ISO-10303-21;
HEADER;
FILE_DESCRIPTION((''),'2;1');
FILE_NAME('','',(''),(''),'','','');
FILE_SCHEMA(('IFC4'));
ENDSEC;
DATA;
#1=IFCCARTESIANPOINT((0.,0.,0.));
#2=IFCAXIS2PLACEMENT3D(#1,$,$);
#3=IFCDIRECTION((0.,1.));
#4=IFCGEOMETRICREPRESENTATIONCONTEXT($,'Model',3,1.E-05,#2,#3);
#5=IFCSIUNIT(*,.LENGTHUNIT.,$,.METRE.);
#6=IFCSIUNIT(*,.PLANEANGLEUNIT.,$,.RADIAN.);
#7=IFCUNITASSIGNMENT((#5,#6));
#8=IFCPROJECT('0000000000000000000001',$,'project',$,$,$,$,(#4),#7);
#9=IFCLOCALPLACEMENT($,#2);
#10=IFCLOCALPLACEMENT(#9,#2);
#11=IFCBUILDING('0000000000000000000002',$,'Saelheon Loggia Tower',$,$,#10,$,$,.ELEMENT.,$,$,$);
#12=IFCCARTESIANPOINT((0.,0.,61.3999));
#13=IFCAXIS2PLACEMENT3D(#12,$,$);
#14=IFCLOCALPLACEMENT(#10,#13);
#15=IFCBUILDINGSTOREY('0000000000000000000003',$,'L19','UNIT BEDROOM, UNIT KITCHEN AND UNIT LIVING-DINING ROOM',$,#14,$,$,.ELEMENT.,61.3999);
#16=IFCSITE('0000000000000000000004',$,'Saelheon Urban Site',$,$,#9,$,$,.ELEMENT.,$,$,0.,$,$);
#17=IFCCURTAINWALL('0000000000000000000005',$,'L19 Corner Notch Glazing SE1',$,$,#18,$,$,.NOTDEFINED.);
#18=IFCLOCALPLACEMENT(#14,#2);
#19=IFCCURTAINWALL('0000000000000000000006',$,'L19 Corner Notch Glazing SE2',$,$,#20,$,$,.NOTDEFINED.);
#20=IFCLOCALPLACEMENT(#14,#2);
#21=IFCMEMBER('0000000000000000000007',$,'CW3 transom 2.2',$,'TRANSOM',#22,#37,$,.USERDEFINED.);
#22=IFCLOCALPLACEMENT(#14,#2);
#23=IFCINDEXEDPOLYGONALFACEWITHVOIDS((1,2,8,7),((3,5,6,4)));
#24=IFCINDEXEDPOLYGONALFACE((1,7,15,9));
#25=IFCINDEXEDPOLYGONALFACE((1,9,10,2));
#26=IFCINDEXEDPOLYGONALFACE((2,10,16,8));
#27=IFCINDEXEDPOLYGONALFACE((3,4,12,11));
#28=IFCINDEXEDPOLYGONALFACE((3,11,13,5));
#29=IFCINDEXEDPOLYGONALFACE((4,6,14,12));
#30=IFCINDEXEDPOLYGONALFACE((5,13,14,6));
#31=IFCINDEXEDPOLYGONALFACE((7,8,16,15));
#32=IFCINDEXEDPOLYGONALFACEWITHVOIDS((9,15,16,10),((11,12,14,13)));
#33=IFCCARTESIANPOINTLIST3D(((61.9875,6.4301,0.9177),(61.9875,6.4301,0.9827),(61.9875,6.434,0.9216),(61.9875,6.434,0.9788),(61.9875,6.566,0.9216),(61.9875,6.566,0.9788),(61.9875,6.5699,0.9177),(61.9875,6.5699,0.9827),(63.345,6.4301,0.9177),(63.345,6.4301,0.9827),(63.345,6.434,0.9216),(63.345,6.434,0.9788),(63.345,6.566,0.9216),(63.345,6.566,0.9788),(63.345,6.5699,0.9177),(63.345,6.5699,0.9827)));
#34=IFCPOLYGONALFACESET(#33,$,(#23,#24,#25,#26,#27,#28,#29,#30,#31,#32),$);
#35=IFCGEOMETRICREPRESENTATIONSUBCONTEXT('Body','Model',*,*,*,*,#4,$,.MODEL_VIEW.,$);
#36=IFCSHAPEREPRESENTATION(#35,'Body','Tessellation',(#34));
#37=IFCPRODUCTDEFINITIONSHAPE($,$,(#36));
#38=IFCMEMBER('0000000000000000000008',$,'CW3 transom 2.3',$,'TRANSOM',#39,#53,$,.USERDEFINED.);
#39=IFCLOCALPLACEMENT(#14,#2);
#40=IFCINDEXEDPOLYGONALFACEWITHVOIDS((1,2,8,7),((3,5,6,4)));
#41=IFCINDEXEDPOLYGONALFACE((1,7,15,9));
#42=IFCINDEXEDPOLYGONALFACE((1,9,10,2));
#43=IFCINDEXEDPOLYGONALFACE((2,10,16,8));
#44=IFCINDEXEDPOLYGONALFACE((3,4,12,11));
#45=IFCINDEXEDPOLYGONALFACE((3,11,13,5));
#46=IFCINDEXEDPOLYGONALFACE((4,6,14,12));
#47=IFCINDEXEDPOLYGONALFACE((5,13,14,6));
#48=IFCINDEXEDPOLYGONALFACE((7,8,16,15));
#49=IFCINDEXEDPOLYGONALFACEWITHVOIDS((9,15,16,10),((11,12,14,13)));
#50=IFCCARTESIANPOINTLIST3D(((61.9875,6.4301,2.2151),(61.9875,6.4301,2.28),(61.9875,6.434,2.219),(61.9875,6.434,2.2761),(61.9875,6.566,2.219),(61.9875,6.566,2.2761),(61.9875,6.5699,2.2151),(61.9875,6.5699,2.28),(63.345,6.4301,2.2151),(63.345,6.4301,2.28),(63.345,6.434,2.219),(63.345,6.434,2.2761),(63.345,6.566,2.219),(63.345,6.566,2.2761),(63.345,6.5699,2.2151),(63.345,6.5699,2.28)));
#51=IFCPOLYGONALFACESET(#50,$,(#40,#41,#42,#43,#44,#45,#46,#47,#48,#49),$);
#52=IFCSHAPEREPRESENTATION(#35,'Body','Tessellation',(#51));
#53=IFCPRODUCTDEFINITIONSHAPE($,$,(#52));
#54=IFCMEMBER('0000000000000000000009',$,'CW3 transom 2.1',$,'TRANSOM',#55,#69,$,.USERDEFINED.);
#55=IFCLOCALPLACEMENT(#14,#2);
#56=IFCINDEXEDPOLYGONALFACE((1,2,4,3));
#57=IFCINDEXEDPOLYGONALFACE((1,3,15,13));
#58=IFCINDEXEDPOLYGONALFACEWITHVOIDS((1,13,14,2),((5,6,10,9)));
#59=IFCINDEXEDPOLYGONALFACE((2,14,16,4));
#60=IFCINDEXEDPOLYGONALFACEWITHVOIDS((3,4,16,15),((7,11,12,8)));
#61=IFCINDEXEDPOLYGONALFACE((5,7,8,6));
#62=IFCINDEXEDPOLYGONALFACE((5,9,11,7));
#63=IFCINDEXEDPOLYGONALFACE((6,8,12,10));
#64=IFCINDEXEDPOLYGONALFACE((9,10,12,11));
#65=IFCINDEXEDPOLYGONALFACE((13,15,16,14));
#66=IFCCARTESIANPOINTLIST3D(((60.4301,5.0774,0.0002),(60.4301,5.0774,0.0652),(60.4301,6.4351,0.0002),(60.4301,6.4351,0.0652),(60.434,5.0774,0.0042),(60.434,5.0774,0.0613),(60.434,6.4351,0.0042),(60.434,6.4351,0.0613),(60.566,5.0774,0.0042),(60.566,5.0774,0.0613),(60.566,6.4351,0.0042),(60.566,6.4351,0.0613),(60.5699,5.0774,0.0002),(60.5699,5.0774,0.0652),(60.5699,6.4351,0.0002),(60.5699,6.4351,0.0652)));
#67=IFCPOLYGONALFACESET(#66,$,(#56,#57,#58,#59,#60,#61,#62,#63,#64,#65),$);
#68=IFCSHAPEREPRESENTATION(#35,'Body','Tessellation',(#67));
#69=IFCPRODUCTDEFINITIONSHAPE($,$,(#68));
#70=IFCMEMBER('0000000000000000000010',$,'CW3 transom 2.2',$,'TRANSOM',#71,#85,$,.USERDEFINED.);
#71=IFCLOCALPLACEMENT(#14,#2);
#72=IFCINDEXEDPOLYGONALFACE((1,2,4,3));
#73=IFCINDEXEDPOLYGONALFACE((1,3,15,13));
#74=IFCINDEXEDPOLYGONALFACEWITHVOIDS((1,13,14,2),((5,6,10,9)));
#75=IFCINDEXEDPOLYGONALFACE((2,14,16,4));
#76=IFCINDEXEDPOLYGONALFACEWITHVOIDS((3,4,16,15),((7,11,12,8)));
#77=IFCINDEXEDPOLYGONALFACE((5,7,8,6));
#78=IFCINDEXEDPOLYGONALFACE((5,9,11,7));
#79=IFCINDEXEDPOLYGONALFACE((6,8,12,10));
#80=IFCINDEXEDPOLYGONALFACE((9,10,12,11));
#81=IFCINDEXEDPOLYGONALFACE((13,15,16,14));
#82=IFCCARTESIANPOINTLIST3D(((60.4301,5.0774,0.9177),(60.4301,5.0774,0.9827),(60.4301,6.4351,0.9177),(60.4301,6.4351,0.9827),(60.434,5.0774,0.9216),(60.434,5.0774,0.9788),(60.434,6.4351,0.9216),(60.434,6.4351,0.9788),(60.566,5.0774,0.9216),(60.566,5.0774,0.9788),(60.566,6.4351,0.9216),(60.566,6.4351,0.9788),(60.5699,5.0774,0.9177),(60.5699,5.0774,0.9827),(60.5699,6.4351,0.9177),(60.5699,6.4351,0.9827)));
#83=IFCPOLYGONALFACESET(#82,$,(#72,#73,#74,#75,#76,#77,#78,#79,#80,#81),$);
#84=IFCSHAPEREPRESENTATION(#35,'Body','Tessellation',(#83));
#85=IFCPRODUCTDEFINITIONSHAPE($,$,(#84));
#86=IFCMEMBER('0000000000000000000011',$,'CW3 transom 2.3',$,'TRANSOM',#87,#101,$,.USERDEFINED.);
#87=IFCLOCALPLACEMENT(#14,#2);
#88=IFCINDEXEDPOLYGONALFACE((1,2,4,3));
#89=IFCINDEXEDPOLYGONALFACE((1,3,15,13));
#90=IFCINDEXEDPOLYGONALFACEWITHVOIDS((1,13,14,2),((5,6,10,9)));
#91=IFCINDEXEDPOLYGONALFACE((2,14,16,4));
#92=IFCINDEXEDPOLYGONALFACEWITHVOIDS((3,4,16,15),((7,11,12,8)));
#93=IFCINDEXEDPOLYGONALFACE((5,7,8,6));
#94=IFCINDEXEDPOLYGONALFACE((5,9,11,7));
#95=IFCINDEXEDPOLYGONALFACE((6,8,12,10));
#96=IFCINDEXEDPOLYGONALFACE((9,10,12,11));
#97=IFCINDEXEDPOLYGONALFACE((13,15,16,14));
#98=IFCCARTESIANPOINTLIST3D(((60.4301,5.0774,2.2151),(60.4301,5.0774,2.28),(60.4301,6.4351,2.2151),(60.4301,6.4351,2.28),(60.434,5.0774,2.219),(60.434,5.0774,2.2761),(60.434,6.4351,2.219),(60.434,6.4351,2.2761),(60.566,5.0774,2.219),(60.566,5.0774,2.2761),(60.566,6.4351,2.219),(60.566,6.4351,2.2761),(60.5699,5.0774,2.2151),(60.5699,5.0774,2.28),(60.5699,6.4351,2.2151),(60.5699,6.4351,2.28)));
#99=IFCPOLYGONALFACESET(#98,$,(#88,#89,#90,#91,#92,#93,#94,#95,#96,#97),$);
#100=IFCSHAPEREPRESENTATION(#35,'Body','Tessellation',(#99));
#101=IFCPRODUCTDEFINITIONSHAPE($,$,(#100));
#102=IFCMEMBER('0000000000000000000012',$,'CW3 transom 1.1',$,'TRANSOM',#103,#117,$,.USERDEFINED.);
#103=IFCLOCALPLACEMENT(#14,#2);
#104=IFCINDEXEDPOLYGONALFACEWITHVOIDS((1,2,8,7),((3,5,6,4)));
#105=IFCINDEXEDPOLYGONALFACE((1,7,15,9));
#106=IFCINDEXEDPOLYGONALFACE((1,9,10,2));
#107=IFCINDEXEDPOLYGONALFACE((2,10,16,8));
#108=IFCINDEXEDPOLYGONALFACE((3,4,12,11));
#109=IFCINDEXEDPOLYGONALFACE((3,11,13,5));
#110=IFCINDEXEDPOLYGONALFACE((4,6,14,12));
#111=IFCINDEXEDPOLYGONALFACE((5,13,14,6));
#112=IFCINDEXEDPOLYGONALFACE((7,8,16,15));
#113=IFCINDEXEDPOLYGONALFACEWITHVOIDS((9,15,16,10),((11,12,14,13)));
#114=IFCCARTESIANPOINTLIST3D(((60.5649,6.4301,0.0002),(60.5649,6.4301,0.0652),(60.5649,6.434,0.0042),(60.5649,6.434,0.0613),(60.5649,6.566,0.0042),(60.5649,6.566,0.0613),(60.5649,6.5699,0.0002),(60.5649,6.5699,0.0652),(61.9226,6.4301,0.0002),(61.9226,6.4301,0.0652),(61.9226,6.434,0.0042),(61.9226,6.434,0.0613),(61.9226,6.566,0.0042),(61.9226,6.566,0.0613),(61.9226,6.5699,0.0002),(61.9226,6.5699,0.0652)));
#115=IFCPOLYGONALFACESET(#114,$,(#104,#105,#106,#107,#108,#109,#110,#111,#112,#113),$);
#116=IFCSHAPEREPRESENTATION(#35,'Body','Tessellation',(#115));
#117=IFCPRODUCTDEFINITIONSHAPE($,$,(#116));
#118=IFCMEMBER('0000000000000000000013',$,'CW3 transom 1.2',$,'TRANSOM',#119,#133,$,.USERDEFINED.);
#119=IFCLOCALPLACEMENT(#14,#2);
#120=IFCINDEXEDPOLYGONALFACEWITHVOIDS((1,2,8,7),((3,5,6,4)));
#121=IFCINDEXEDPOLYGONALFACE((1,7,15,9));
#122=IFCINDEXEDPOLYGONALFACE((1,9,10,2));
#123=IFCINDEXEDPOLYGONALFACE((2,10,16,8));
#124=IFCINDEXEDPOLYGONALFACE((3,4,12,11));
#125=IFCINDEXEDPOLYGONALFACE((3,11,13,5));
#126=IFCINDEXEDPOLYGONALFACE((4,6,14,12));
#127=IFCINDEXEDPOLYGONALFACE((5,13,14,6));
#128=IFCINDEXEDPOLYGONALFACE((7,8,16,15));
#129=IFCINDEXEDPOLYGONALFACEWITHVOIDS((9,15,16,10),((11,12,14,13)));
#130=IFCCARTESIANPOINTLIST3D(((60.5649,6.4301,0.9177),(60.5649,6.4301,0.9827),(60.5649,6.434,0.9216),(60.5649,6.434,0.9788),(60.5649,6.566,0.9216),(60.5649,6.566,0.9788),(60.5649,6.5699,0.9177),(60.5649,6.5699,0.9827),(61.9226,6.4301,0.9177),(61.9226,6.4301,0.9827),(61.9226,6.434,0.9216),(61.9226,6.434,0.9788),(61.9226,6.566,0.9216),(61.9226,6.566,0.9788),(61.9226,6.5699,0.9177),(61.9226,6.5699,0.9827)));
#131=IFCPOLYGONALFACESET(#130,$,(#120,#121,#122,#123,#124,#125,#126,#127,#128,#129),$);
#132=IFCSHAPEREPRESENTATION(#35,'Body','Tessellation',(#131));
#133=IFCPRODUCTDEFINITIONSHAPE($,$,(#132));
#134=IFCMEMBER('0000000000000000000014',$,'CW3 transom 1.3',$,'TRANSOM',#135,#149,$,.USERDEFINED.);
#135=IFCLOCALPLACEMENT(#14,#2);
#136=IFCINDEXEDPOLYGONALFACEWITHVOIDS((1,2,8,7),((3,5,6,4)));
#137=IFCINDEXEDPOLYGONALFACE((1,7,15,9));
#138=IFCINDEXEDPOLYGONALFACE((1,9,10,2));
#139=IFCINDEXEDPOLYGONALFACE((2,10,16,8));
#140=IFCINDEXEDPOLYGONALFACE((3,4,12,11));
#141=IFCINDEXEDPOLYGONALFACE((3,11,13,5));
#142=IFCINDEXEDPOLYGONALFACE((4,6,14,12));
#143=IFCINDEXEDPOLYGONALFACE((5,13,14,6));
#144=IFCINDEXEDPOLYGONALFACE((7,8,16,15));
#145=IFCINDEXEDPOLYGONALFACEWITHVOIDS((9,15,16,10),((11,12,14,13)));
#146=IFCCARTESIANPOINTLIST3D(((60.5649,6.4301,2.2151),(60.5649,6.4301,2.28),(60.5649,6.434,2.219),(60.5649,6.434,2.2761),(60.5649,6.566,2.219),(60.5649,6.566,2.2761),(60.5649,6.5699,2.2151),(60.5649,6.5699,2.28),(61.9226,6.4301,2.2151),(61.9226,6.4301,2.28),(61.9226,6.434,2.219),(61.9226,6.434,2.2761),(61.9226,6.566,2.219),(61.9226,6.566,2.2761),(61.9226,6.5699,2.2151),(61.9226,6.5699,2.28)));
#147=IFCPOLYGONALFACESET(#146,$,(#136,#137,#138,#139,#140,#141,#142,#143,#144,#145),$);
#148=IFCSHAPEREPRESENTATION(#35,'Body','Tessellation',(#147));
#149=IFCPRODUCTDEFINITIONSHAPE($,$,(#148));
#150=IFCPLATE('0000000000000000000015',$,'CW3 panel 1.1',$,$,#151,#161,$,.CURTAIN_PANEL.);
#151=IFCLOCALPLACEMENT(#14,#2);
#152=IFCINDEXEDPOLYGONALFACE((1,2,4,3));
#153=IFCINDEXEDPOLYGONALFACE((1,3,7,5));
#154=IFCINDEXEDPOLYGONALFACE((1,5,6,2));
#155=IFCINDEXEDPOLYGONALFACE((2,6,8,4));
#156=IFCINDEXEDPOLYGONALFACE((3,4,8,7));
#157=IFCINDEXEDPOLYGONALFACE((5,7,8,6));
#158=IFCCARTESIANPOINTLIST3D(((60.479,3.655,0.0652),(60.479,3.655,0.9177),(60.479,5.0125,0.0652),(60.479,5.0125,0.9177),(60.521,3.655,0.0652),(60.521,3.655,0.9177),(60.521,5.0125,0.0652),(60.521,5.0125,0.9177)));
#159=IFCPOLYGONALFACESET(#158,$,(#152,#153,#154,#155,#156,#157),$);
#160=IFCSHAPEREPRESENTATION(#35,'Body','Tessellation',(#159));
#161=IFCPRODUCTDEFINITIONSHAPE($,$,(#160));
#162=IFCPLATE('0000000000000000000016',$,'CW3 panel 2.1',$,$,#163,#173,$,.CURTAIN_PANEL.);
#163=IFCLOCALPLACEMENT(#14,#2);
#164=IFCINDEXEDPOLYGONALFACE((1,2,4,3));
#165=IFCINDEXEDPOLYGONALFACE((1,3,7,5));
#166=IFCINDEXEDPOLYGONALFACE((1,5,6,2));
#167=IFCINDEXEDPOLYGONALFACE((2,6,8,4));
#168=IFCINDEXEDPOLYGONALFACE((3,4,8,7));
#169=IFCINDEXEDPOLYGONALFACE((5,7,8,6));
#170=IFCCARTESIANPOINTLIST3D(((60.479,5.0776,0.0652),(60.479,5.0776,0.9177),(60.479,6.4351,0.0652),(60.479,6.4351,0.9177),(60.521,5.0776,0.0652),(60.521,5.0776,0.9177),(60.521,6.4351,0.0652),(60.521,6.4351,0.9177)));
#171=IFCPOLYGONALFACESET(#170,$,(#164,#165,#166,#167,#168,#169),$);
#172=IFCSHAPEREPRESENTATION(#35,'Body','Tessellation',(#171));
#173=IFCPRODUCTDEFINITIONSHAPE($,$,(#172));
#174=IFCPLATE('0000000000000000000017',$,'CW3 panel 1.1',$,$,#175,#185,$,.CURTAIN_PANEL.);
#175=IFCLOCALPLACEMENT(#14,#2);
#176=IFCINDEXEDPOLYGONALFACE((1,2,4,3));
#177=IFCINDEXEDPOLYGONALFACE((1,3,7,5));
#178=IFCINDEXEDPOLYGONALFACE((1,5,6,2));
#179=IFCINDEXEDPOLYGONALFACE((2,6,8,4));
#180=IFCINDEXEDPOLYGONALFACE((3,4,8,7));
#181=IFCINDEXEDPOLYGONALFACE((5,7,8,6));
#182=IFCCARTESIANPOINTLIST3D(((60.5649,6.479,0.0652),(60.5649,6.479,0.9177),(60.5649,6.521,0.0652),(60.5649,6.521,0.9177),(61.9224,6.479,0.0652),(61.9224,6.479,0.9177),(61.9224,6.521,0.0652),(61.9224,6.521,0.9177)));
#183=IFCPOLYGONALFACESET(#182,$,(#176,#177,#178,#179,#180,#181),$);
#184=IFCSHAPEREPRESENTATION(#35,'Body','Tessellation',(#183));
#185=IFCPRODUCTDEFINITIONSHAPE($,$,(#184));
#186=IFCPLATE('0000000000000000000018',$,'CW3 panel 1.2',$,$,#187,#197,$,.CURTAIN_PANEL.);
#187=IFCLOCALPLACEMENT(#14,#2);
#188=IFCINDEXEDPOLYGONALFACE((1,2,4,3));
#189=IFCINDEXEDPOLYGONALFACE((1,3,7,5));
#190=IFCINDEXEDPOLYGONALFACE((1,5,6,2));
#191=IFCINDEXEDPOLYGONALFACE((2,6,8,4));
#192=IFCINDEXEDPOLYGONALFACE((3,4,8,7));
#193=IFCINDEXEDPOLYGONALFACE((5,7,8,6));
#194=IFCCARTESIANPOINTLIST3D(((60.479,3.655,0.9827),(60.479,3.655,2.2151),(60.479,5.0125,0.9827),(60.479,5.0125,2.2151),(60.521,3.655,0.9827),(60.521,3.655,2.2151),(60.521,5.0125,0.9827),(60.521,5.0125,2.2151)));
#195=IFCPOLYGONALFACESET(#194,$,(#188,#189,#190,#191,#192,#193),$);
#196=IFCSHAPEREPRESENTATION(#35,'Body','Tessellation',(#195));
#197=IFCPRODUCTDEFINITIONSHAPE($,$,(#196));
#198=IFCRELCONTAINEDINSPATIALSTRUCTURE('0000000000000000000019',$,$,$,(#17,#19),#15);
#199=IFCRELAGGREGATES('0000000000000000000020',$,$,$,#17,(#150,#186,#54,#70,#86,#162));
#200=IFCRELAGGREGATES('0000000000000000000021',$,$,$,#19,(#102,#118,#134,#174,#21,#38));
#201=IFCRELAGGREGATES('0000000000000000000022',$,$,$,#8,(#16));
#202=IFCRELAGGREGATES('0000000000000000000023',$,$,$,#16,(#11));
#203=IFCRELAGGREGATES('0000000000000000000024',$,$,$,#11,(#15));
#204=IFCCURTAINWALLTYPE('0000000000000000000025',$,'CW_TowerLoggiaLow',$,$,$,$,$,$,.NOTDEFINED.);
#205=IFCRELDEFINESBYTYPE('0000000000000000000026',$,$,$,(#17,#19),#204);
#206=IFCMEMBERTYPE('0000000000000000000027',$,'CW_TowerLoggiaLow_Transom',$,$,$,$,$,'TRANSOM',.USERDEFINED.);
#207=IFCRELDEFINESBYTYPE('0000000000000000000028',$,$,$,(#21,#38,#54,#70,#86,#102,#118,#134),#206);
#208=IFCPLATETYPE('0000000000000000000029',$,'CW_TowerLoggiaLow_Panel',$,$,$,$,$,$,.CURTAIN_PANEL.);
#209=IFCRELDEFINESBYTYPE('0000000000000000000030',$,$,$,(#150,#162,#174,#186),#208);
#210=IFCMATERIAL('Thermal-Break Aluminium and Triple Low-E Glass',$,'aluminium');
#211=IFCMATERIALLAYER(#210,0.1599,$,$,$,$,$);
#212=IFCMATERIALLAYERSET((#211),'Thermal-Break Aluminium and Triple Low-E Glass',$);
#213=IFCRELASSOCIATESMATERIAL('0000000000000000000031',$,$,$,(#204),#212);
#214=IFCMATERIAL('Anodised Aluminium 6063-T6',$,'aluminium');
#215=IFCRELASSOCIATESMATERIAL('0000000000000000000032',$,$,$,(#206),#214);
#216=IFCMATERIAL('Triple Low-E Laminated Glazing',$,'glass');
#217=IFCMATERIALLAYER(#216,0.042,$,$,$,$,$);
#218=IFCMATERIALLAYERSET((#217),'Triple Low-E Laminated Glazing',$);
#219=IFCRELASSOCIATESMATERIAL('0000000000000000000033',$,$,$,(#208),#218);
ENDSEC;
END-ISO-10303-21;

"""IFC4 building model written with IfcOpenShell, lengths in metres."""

from ifc_helpers import new_model, si_unit, direction, frame, origin, origin_2d, place, context, subcontext, project, spatial, rectangle, hollow_rectangle, extrude, source, transform, mapped, material, layer, layer_set, material_profile, profile_set, type_object, element, aggregate, save


model = new_model("IFC4")

# Units and contexts
model_context = context("Model", 3, precision=1e-05, world=origin(), true_north=direction((0.0, 1.0)))
body_context = subcontext(model_context, "Body", "Model", "MODEL_VIEW")
ifc_project = project(units=[si_unit("LENGTHUNIT", "METRE"), si_unit("PLANEANGLEUNIT", "RADIAN")], contexts=[model_context])

# Site, building, storey
site_placement = place(None, origin())
site = spatial("IfcSite", under=ifc_project, at=site_placement, Name="Saelheon Urban Site", CompositionType="ELEMENT", RefElevation=0.0)
building_placement = place(site_placement, origin())
building = spatial("IfcBuilding", under=site, at=building_placement, Name="Saelheon Loggia Tower", CompositionType="ELEMENT")
storey_placement = place(building_placement, frame((0.0, 0.0, 61.3999)))
storey = spatial("IfcBuildingStorey", under=building, at=storey_placement, Name="L19", Description="UNIT BEDROOM, UNIT KITCHEN AND UNIT LIVING-DINING ROOM", CompositionType="ELEMENT", Elevation=61.3999)

# Curtain walls
ifc_material_1 = material(Name="Thermal-Break Aluminium and Triple Low-E Glass", Category="aluminium")
ifc_layer_1 = layer(ifc_material_1, 0.1599)
ifc_layer_set_1 = layer_set([ifc_layer_1], Name="Thermal-Break Aluminium and Triple Low-E Glass")
curtain_wall_type = type_object("IfcCurtainWallType", Name="CW_TowerLoggiaLow", PredefinedType="NOTDEFINED", material=ifc_layer_set_1)
curtain_wall_1_placement = place(storey_placement, origin())
curtain_wall_1 = element("IfcCurtainWall", 1, at=curtain_wall_1_placement, inside=storey, type_object=curtain_wall_type, Name="L19 Corner Notch Glazing SE1", PredefinedType="NOTDEFINED")
ifc_material_2 = material(Name="Anodised Aluminium 6063-T6", Category="aluminium")
curtain_wall_2_placement = place(storey_placement, origin())
curtain_wall_2 = element("IfcCurtainWall", 2, at=curtain_wall_2_placement, inside=storey, type_object=curtain_wall_type, Name="L19 Corner Notch Glazing SE2", PredefinedType="NOTDEFINED")

# Members
ifc_material_profile_1 = material_profile(ifc_material_2, hollow_rectangle(XDim=0.0649, YDim=0.1399, WallThickness=0.0039, at=origin_2d()), Name="RHS-140x65x4")
ifc_profile_set_1 = profile_set([ifc_material_profile_1], Name="Anodised Aluminium 6063-T6")
member_type_1 = type_object("IfcMemberType", Name="CW_TowerLoggiaLow_Transom", ElementType="TRANSOM", PredefinedType="USERDEFINED", material=ifc_profile_set_1)
shared_shape_1 = source(origin(), body_context, "Body", "SweptSolid", [
    extrude(hollow_rectangle(XDim=0.0649, YDim=0.1399, WallThickness=0.0039, at=origin_2d()), origin(), (0.0, 0.0, 1.0), 1.3574),
])
member_1_placement = place(storey_placement, frame((61.9875, 6.5, 0.9502), z_axis=(1.0, 0.0, 0.0), x_axis=(0.0, 0.0, 1.0)))
member_1 = element("IfcMember", 3, at=member_1_placement, type_object=member_type_1, Name="CW3 transom 2.2", ObjectType="TRANSOM", PredefinedType="USERDEFINED", context=body_context, shape_type="MappedRepresentation", body=[
    mapped(shared_shape_1, transform((0.0, 0.0, 0.0), scale=1.0)),
])
member_2_placement = place(storey_placement, frame((61.9875, 6.5, 2.2476), z_axis=(1.0, 0.0, 0.0), x_axis=(0.0, 0.0, 1.0)))
member_2 = element("IfcMember", 4, at=member_2_placement, type_object=member_type_1, Name="CW3 transom 2.3", ObjectType="TRANSOM", PredefinedType="USERDEFINED", context=body_context, shape_type="MappedRepresentation", body=[
    mapped(shared_shape_1, transform((0.0, 0.0, 0.0), scale=1.0)),
])
shared_shape_2 = source(origin(), body_context, "Body", "SweptSolid", [
    extrude(hollow_rectangle(XDim=0.0649, YDim=0.1399, WallThickness=0.0039, at=origin_2d()), origin(), (0.0, 0.0, 1.0), 1.3577),
])
member_3_placement = place(storey_placement, frame((60.5, 5.0774, 0.0327), z_axis=(0.0, 1.0, 0.0), x_axis=(0.0, 0.0, 1.0)))
member_3 = element("IfcMember", 5, at=member_3_placement, type_object=member_type_1, Name="CW3 transom 2.1", ObjectType="TRANSOM", PredefinedType="USERDEFINED", context=body_context, shape_type="MappedRepresentation", body=[
    mapped(shared_shape_2, transform((0.0, 0.0, 0.0), scale=1.0)),
])
member_4_placement = place(storey_placement, frame((60.5, 5.0774, 0.9502), z_axis=(0.0, 1.0, 0.0), x_axis=(0.0, 0.0, 1.0)))
member_4 = element("IfcMember", 6, at=member_4_placement, type_object=member_type_1, Name="CW3 transom 2.2", ObjectType="TRANSOM", PredefinedType="USERDEFINED", context=body_context, shape_type="MappedRepresentation", body=[
    mapped(shared_shape_2, transform((0.0, 0.0, 0.0), scale=1.0)),
])
member_5_placement = place(storey_placement, frame((60.5, 5.0774, 2.2476), z_axis=(0.0, 1.0, 0.0), x_axis=(0.0, 0.0, 1.0)))
member_5 = element("IfcMember", 7, at=member_5_placement, type_object=member_type_1, Name="CW3 transom 2.3", ObjectType="TRANSOM", PredefinedType="USERDEFINED", context=body_context, shape_type="MappedRepresentation", body=[
    mapped(shared_shape_2, transform((0.0, 0.0, 0.0), scale=1.0)),
])
member_6_placement = place(storey_placement, frame((60.5649, 6.5, 0.0327), z_axis=(1.0, 0.0, 0.0), x_axis=(0.0, 0.0, 1.0)))
member_6 = element("IfcMember", 8, at=member_6_placement, type_object=member_type_1, Name="CW3 transom 1.1", ObjectType="TRANSOM", PredefinedType="USERDEFINED", context=body_context, shape_type="MappedRepresentation", body=[
    mapped(shared_shape_2, transform((0.0, 0.0, 0.0), scale=1.0)),
])
member_7_placement = place(storey_placement, frame((60.5649, 6.5, 0.9502), z_axis=(1.0, 0.0, 0.0), x_axis=(0.0, 0.0, 1.0)))
member_7 = element("IfcMember", 9, at=member_7_placement, type_object=member_type_1, Name="CW3 transom 1.2", ObjectType="TRANSOM", PredefinedType="USERDEFINED", context=body_context, shape_type="MappedRepresentation", body=[
    mapped(shared_shape_2, transform((0.0, 0.0, 0.0), scale=1.0)),
])
member_8_placement = place(storey_placement, frame((60.5649, 6.5, 2.2476), z_axis=(1.0, 0.0, 0.0), x_axis=(0.0, 0.0, 1.0)))
member_8 = element("IfcMember", 10, at=member_8_placement, type_object=member_type_1, Name="CW3 transom 1.3", ObjectType="TRANSOM", PredefinedType="USERDEFINED", context=body_context, shape_type="MappedRepresentation", body=[
    mapped(shared_shape_2, transform((0.0, 0.0, 0.0), scale=1.0)),
])

# Plates
ifc_material_3 = material(Name="Triple Low-E Laminated Glazing", Category="glass")
ifc_layer_2 = layer(ifc_material_3, 0.042)
ifc_layer_set_2 = layer_set([ifc_layer_2], Name="Triple Low-E Laminated Glazing")
plate_type = type_object("IfcPlateType", Name="CW_TowerLoggiaLow_Panel", PredefinedType="CURTAIN_PANEL", material=ifc_layer_set_2)
shared_shape_3 = source(origin(), body_context, "Body", "SweptSolid", [
    extrude(rectangle(XDim=1.3574, YDim=0.042, at=origin_2d()), origin(), (0.0, 0.0, 1.0), 0.8525),
])
plate_1_placement = place(storey_placement, frame((60.5, 4.3337, 0.0652), z_axis=(0.0, 0.0, 1.0), x_axis=(0.0, 1.0, 0.0)))
plate_1 = element("IfcPlate", 11, at=plate_1_placement, type_object=plate_type, Name="CW3 panel 1.1", PredefinedType="CURTAIN_PANEL", context=body_context, shape_type="MappedRepresentation", body=[
    mapped(shared_shape_3, transform((0.0, 0.0, 0.0), scale=1.0)),
])
plate_2_placement = place(storey_placement, frame((60.5, 5.7563, 0.0652), z_axis=(0.0, 0.0, 1.0), x_axis=(0.0, 1.0, 0.0)))
plate_2 = element("IfcPlate", 12, at=plate_2_placement, type_object=plate_type, Name="CW3 panel 2.1", PredefinedType="CURTAIN_PANEL", context=body_context, shape_type="MappedRepresentation", body=[
    mapped(shared_shape_3, transform((0.0, 0.0, 0.0), scale=1.0)),
])
plate_3_placement = place(storey_placement, frame((61.2437, 6.5, 0.0652), z_axis=(0.0, 0.0, 1.0), x_axis=(1.0, 0.0, 0.0)))
plate_3 = element("IfcPlate", 13, at=plate_3_placement, type_object=plate_type, Name="CW3 panel 1.1", PredefinedType="CURTAIN_PANEL", context=body_context, shape_type="MappedRepresentation", body=[
    mapped(shared_shape_3, transform((0.0, 0.0, 0.0), scale=1.0)),
])
shared_shape_4 = source(origin(), body_context, "Body", "SweptSolid", [
    extrude(rectangle(XDim=1.3574, YDim=0.042, at=origin_2d()), origin(), (0.0, 0.0, 1.0), 1.2324),
])
plate_4_placement = place(storey_placement, frame((60.5, 4.3337, 0.9827), z_axis=(0.0, 0.0, 1.0), x_axis=(0.0, 1.0, 0.0)))
plate_4 = element("IfcPlate", 14, at=plate_4_placement, type_object=plate_type, Name="CW3 panel 1.2", PredefinedType="CURTAIN_PANEL", context=body_context, shape_type="MappedRepresentation", body=[
    mapped(shared_shape_4, transform((0.0, 0.0, 0.0), scale=1.0)),
])
aggregate(curtain_wall_1, [plate_1, plate_4, member_3, member_4, member_5, plate_2])
aggregate(curtain_wall_2, [member_6, member_7, member_8, plate_3, member_1, member_2])

save(model, "model.ifc")
